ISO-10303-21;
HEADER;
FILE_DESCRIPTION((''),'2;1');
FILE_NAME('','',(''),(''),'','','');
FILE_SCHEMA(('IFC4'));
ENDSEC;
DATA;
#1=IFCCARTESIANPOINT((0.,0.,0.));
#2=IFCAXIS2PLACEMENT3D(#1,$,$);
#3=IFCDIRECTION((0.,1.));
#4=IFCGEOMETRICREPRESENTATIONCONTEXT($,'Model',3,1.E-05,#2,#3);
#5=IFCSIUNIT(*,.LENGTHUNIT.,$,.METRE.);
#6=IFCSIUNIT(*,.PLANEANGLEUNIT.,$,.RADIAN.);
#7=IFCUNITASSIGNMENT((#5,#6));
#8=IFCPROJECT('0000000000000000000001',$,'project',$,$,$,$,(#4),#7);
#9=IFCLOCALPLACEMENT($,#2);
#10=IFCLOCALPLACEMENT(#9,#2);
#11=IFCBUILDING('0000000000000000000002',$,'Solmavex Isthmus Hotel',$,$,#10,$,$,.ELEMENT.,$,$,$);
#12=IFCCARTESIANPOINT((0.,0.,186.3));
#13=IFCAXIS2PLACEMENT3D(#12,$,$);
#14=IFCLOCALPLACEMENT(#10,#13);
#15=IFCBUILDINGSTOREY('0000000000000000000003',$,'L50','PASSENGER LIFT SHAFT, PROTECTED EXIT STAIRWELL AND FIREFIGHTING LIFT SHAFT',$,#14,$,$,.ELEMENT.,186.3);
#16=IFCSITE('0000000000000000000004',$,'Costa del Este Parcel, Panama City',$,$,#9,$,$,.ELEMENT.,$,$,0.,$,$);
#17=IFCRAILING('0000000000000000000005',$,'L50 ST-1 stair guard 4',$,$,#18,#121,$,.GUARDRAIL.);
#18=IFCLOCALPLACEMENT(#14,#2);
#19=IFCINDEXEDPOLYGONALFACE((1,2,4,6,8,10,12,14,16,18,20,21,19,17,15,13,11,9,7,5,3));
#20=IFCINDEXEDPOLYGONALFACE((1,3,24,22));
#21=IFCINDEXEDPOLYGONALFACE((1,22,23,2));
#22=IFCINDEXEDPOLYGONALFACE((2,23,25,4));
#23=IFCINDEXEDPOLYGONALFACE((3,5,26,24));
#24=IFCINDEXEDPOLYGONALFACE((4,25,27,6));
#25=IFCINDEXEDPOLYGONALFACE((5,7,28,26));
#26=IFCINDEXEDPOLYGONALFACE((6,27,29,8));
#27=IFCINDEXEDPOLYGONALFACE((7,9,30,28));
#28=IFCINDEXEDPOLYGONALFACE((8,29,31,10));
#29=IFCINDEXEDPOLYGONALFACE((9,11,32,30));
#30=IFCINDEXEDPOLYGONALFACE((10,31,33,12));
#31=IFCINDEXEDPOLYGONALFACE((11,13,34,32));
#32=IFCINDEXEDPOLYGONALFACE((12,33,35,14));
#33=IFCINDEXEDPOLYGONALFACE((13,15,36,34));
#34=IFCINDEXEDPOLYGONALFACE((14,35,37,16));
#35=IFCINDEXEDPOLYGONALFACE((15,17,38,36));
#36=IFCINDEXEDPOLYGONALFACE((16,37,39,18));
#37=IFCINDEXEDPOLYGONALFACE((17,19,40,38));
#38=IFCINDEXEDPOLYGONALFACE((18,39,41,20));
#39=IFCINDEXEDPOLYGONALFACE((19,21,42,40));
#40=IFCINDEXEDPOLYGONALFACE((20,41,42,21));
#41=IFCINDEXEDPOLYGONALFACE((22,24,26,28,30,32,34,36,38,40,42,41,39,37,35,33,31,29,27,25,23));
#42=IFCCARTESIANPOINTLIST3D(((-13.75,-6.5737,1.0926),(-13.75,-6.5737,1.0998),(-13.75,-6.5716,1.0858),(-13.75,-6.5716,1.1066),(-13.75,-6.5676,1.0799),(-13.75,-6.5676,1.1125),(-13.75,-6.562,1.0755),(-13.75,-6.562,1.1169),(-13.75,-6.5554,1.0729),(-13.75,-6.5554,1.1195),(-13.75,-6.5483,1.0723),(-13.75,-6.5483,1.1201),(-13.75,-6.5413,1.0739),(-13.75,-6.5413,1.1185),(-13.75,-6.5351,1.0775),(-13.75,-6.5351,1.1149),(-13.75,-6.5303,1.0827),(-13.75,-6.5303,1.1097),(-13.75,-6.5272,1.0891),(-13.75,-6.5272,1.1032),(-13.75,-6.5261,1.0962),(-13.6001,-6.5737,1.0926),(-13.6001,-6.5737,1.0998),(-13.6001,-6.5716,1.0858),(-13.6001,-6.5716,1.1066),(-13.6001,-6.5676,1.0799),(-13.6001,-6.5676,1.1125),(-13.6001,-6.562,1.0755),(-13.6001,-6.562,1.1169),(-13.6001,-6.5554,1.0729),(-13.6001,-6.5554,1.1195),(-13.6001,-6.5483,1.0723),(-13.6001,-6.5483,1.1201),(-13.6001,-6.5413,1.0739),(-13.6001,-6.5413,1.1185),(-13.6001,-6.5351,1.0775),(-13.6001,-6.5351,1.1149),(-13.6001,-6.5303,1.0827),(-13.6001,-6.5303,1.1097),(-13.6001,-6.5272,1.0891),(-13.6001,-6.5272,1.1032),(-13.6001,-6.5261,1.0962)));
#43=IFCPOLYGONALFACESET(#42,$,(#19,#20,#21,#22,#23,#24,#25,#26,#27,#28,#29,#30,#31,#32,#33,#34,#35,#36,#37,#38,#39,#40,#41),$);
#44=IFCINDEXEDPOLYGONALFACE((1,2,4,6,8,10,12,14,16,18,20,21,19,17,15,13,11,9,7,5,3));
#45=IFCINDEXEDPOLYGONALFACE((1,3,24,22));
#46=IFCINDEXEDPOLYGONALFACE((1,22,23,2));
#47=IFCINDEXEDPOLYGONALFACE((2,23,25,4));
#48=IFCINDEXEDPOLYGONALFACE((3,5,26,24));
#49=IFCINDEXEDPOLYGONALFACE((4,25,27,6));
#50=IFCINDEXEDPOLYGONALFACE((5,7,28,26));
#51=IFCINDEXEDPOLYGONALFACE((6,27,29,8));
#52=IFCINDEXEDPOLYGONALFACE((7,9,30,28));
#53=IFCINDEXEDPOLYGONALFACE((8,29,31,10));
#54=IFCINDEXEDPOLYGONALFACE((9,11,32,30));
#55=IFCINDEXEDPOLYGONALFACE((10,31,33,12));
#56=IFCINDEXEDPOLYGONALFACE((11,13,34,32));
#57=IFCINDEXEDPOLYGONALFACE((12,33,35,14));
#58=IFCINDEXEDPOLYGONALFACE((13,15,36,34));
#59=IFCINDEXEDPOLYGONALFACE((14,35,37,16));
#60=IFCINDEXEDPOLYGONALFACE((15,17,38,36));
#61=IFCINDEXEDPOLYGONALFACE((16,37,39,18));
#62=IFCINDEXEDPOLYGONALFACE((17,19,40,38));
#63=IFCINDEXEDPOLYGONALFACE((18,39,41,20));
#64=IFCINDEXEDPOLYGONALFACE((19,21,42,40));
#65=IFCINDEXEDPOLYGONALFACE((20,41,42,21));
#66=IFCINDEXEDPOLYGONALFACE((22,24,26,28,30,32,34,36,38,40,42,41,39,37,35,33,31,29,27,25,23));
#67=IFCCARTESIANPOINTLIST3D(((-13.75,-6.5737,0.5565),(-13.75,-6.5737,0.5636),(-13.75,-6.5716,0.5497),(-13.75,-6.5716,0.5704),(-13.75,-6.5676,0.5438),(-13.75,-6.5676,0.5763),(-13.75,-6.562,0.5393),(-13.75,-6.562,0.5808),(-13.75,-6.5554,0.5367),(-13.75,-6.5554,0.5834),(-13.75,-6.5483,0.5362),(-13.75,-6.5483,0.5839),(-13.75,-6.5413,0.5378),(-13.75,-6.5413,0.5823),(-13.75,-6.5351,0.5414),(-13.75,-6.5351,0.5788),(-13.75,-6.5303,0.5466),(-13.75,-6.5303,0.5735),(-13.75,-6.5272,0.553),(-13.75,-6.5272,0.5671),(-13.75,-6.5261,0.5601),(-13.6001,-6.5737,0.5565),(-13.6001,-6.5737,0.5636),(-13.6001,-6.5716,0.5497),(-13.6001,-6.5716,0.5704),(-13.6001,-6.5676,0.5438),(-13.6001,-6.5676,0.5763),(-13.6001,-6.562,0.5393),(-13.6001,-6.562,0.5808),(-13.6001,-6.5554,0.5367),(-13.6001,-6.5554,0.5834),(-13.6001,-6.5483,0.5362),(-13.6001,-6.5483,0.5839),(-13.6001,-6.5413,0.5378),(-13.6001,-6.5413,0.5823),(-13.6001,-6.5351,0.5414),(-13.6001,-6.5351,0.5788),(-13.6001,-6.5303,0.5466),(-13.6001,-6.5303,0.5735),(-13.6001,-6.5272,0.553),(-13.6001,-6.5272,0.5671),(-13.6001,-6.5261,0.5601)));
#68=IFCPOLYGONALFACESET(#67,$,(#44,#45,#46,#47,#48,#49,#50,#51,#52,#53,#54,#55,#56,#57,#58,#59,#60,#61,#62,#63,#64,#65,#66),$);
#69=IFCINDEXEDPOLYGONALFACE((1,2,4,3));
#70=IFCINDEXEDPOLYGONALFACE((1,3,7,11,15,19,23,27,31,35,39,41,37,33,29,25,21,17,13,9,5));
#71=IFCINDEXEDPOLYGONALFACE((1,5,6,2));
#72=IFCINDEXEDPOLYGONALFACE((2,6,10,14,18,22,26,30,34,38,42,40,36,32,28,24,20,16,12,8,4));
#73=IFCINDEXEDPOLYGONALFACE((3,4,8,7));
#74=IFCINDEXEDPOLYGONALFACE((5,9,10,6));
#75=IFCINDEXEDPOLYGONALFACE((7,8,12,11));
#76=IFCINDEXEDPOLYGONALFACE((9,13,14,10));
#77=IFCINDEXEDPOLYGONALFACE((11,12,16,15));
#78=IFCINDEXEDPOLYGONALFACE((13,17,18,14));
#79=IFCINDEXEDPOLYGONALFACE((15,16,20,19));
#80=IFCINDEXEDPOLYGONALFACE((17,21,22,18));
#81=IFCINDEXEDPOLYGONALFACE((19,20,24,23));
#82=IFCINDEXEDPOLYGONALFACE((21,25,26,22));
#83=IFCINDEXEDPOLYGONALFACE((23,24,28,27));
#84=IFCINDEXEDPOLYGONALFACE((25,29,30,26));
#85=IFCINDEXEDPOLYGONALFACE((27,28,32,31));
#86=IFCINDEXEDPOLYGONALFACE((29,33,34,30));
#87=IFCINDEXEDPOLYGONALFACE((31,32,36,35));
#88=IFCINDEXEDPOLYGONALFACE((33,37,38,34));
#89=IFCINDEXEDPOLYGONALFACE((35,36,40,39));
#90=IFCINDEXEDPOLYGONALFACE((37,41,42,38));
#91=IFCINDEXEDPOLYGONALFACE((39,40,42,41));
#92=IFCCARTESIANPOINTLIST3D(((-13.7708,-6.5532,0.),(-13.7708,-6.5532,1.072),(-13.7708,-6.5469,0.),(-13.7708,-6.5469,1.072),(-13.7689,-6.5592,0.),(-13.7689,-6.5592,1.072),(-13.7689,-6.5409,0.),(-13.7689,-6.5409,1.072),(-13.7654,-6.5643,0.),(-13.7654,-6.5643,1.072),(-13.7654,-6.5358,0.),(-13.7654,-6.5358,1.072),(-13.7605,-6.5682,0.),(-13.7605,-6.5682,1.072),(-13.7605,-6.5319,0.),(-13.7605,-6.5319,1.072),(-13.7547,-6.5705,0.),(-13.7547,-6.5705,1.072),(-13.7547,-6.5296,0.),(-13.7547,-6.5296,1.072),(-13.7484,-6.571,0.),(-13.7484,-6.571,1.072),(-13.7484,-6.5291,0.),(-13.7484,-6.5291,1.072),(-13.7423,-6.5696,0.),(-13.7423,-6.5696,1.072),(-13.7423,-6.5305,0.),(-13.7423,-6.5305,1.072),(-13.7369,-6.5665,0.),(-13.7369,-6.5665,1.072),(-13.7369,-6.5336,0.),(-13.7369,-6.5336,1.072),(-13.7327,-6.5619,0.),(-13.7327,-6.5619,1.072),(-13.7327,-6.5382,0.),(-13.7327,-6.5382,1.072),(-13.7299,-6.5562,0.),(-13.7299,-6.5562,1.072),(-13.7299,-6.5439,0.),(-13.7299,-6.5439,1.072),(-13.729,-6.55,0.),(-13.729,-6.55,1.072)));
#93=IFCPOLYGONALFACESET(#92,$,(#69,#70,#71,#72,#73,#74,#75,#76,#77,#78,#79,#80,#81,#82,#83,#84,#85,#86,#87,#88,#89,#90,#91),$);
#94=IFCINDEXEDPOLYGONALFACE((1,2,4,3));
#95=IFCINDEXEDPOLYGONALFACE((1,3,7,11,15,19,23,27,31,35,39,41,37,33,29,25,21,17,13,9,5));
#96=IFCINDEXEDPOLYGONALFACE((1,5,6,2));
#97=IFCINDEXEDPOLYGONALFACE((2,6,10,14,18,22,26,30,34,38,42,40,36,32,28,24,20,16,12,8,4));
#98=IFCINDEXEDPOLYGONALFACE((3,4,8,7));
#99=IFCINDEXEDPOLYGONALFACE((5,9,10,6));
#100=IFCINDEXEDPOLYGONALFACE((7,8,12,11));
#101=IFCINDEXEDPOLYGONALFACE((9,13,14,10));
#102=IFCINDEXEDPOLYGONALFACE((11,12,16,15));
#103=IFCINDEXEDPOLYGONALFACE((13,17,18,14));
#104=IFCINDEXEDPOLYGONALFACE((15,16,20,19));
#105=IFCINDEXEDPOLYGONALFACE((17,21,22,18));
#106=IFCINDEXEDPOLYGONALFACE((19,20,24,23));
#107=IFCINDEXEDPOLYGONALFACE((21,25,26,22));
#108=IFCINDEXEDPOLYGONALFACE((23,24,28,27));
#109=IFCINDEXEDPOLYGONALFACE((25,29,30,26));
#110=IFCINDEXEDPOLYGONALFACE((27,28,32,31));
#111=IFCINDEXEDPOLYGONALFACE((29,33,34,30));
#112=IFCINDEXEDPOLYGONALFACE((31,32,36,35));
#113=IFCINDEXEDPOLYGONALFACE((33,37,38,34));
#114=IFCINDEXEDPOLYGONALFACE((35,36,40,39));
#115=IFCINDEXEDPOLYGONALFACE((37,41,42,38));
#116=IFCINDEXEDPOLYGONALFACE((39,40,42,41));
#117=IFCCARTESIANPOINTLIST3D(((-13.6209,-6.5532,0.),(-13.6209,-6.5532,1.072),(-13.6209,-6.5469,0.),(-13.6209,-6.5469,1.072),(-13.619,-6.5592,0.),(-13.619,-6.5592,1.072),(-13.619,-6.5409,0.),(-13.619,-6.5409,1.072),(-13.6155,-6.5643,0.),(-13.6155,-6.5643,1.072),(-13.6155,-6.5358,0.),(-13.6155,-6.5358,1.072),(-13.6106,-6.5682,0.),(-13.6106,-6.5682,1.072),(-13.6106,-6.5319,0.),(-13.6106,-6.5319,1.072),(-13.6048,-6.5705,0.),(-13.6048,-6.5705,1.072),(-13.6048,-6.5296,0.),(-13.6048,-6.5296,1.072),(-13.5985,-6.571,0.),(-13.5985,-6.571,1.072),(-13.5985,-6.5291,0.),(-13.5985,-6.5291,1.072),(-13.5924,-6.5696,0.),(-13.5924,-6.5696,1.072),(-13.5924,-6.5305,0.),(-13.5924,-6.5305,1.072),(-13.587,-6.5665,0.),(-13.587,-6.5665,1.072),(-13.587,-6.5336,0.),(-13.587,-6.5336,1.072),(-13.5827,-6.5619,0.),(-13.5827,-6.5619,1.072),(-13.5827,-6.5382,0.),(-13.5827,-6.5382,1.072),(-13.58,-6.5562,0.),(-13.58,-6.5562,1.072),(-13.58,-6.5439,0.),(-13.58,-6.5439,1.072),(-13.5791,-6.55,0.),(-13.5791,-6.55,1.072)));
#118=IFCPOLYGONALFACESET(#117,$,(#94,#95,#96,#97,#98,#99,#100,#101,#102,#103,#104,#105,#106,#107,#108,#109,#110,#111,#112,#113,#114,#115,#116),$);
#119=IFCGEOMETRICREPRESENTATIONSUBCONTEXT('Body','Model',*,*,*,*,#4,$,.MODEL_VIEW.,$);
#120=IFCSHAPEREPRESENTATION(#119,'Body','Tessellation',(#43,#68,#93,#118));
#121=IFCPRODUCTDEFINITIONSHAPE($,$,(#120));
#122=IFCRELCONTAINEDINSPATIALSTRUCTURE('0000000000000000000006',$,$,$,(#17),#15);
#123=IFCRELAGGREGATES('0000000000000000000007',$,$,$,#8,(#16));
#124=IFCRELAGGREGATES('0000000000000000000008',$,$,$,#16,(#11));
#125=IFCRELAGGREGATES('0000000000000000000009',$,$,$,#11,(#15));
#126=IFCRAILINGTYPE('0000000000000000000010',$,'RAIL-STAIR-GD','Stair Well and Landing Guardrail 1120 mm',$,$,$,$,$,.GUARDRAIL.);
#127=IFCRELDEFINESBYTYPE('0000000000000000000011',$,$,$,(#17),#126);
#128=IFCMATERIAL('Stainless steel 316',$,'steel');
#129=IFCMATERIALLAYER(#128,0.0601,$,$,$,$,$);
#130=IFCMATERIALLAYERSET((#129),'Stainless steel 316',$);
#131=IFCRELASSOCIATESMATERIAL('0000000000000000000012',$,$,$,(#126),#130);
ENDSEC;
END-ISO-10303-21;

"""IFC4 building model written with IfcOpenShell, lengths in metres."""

from ifc_helpers import new_model, si_unit, direction, frame, origin, origin_2d, place, context, subcontext, project, spatial, circle, extrude, material, layer, layer_set, type_object, element, save


model = new_model("IFC4")

# Units and contexts
model_context = context("Model", 3, precision=1e-05, world=origin(), true_north=direction((0.0, 1.0)))
body_context = subcontext(model_context, "Body", "Model", "MODEL_VIEW")
ifc_project = project(units=[si_unit("LENGTHUNIT", "METRE"), si_unit("PLANEANGLEUNIT", "RADIAN")], contexts=[model_context])

# Site, building, storey
site_placement = place(None, origin())
site = spatial("IfcSite", under=ifc_project, at=site_placement, Name="Costa del Este Parcel, Panama City", CompositionType="ELEMENT", RefElevation=0.0)
building_placement = place(site_placement, origin())
building = spatial("IfcBuilding", under=site, at=building_placement, Name="Solmavex Isthmus Hotel", CompositionType="ELEMENT")
storey_placement = place(building_placement, frame((0.0, 0.0, 186.3)))
storey = spatial("IfcBuildingStorey", under=building, at=storey_placement, Name="L50", Description="PASSENGER LIFT SHAFT, PROTECTED EXIT STAIRWELL AND FIREFIGHTING LIFT SHAFT", CompositionType="ELEMENT", Elevation=186.3)

# Railing
ifc_material_1 = material(Name="Stainless steel 316", Category="steel")
ifc_layer_1 = layer(ifc_material_1, 0.0601)
ifc_layer_set_1 = layer_set([ifc_layer_1], Name="Stainless steel 316")
railing_type_1 = type_object("IfcRailingType", Name="RAIL-STAIR-GD", Description="Stair Well and Landing Guardrail 1120 mm", PredefinedType="GUARDRAIL", material=ifc_layer_set_1)
railing_1_placement = place(storey_placement, frame((-13.75, -6.55, 0.0)))
element("IfcRailing", 1, at=railing_1_placement, inside=storey, type_object=railing_type_1, Name="L50 ST-1 stair guard 4", PredefinedType="GUARDRAIL", context=body_context, shape_type="SweptSolid", body=[
    extrude(circle(Radius=0.0239, at=origin_2d()), frame((0.0, 0.0, 1.0962), z_axis=(1.0, 0.0, 0.0), x_axis=(0.0, 1.0, 0.0)), (0.0, 0.0, 1.0), 0.1499),
    extrude(circle(Radius=0.0239, at=origin_2d()), frame((0.0, 0.0, 0.5601), z_axis=(1.0, 0.0, 0.0), x_axis=(0.0, 1.0, 0.0)), (0.0, 0.0, 1.0), 0.1499),
    extrude(circle(Radius=0.021, at=origin_2d()), origin(), (0.0, 0.0, 1.0), 1.072),
    extrude(circle(Radius=0.021, at=origin_2d()), frame((0.1499, 0.0, 0.0)), (0.0, 0.0, 1.0), 1.072),
])

save(model, "model.ifc")
